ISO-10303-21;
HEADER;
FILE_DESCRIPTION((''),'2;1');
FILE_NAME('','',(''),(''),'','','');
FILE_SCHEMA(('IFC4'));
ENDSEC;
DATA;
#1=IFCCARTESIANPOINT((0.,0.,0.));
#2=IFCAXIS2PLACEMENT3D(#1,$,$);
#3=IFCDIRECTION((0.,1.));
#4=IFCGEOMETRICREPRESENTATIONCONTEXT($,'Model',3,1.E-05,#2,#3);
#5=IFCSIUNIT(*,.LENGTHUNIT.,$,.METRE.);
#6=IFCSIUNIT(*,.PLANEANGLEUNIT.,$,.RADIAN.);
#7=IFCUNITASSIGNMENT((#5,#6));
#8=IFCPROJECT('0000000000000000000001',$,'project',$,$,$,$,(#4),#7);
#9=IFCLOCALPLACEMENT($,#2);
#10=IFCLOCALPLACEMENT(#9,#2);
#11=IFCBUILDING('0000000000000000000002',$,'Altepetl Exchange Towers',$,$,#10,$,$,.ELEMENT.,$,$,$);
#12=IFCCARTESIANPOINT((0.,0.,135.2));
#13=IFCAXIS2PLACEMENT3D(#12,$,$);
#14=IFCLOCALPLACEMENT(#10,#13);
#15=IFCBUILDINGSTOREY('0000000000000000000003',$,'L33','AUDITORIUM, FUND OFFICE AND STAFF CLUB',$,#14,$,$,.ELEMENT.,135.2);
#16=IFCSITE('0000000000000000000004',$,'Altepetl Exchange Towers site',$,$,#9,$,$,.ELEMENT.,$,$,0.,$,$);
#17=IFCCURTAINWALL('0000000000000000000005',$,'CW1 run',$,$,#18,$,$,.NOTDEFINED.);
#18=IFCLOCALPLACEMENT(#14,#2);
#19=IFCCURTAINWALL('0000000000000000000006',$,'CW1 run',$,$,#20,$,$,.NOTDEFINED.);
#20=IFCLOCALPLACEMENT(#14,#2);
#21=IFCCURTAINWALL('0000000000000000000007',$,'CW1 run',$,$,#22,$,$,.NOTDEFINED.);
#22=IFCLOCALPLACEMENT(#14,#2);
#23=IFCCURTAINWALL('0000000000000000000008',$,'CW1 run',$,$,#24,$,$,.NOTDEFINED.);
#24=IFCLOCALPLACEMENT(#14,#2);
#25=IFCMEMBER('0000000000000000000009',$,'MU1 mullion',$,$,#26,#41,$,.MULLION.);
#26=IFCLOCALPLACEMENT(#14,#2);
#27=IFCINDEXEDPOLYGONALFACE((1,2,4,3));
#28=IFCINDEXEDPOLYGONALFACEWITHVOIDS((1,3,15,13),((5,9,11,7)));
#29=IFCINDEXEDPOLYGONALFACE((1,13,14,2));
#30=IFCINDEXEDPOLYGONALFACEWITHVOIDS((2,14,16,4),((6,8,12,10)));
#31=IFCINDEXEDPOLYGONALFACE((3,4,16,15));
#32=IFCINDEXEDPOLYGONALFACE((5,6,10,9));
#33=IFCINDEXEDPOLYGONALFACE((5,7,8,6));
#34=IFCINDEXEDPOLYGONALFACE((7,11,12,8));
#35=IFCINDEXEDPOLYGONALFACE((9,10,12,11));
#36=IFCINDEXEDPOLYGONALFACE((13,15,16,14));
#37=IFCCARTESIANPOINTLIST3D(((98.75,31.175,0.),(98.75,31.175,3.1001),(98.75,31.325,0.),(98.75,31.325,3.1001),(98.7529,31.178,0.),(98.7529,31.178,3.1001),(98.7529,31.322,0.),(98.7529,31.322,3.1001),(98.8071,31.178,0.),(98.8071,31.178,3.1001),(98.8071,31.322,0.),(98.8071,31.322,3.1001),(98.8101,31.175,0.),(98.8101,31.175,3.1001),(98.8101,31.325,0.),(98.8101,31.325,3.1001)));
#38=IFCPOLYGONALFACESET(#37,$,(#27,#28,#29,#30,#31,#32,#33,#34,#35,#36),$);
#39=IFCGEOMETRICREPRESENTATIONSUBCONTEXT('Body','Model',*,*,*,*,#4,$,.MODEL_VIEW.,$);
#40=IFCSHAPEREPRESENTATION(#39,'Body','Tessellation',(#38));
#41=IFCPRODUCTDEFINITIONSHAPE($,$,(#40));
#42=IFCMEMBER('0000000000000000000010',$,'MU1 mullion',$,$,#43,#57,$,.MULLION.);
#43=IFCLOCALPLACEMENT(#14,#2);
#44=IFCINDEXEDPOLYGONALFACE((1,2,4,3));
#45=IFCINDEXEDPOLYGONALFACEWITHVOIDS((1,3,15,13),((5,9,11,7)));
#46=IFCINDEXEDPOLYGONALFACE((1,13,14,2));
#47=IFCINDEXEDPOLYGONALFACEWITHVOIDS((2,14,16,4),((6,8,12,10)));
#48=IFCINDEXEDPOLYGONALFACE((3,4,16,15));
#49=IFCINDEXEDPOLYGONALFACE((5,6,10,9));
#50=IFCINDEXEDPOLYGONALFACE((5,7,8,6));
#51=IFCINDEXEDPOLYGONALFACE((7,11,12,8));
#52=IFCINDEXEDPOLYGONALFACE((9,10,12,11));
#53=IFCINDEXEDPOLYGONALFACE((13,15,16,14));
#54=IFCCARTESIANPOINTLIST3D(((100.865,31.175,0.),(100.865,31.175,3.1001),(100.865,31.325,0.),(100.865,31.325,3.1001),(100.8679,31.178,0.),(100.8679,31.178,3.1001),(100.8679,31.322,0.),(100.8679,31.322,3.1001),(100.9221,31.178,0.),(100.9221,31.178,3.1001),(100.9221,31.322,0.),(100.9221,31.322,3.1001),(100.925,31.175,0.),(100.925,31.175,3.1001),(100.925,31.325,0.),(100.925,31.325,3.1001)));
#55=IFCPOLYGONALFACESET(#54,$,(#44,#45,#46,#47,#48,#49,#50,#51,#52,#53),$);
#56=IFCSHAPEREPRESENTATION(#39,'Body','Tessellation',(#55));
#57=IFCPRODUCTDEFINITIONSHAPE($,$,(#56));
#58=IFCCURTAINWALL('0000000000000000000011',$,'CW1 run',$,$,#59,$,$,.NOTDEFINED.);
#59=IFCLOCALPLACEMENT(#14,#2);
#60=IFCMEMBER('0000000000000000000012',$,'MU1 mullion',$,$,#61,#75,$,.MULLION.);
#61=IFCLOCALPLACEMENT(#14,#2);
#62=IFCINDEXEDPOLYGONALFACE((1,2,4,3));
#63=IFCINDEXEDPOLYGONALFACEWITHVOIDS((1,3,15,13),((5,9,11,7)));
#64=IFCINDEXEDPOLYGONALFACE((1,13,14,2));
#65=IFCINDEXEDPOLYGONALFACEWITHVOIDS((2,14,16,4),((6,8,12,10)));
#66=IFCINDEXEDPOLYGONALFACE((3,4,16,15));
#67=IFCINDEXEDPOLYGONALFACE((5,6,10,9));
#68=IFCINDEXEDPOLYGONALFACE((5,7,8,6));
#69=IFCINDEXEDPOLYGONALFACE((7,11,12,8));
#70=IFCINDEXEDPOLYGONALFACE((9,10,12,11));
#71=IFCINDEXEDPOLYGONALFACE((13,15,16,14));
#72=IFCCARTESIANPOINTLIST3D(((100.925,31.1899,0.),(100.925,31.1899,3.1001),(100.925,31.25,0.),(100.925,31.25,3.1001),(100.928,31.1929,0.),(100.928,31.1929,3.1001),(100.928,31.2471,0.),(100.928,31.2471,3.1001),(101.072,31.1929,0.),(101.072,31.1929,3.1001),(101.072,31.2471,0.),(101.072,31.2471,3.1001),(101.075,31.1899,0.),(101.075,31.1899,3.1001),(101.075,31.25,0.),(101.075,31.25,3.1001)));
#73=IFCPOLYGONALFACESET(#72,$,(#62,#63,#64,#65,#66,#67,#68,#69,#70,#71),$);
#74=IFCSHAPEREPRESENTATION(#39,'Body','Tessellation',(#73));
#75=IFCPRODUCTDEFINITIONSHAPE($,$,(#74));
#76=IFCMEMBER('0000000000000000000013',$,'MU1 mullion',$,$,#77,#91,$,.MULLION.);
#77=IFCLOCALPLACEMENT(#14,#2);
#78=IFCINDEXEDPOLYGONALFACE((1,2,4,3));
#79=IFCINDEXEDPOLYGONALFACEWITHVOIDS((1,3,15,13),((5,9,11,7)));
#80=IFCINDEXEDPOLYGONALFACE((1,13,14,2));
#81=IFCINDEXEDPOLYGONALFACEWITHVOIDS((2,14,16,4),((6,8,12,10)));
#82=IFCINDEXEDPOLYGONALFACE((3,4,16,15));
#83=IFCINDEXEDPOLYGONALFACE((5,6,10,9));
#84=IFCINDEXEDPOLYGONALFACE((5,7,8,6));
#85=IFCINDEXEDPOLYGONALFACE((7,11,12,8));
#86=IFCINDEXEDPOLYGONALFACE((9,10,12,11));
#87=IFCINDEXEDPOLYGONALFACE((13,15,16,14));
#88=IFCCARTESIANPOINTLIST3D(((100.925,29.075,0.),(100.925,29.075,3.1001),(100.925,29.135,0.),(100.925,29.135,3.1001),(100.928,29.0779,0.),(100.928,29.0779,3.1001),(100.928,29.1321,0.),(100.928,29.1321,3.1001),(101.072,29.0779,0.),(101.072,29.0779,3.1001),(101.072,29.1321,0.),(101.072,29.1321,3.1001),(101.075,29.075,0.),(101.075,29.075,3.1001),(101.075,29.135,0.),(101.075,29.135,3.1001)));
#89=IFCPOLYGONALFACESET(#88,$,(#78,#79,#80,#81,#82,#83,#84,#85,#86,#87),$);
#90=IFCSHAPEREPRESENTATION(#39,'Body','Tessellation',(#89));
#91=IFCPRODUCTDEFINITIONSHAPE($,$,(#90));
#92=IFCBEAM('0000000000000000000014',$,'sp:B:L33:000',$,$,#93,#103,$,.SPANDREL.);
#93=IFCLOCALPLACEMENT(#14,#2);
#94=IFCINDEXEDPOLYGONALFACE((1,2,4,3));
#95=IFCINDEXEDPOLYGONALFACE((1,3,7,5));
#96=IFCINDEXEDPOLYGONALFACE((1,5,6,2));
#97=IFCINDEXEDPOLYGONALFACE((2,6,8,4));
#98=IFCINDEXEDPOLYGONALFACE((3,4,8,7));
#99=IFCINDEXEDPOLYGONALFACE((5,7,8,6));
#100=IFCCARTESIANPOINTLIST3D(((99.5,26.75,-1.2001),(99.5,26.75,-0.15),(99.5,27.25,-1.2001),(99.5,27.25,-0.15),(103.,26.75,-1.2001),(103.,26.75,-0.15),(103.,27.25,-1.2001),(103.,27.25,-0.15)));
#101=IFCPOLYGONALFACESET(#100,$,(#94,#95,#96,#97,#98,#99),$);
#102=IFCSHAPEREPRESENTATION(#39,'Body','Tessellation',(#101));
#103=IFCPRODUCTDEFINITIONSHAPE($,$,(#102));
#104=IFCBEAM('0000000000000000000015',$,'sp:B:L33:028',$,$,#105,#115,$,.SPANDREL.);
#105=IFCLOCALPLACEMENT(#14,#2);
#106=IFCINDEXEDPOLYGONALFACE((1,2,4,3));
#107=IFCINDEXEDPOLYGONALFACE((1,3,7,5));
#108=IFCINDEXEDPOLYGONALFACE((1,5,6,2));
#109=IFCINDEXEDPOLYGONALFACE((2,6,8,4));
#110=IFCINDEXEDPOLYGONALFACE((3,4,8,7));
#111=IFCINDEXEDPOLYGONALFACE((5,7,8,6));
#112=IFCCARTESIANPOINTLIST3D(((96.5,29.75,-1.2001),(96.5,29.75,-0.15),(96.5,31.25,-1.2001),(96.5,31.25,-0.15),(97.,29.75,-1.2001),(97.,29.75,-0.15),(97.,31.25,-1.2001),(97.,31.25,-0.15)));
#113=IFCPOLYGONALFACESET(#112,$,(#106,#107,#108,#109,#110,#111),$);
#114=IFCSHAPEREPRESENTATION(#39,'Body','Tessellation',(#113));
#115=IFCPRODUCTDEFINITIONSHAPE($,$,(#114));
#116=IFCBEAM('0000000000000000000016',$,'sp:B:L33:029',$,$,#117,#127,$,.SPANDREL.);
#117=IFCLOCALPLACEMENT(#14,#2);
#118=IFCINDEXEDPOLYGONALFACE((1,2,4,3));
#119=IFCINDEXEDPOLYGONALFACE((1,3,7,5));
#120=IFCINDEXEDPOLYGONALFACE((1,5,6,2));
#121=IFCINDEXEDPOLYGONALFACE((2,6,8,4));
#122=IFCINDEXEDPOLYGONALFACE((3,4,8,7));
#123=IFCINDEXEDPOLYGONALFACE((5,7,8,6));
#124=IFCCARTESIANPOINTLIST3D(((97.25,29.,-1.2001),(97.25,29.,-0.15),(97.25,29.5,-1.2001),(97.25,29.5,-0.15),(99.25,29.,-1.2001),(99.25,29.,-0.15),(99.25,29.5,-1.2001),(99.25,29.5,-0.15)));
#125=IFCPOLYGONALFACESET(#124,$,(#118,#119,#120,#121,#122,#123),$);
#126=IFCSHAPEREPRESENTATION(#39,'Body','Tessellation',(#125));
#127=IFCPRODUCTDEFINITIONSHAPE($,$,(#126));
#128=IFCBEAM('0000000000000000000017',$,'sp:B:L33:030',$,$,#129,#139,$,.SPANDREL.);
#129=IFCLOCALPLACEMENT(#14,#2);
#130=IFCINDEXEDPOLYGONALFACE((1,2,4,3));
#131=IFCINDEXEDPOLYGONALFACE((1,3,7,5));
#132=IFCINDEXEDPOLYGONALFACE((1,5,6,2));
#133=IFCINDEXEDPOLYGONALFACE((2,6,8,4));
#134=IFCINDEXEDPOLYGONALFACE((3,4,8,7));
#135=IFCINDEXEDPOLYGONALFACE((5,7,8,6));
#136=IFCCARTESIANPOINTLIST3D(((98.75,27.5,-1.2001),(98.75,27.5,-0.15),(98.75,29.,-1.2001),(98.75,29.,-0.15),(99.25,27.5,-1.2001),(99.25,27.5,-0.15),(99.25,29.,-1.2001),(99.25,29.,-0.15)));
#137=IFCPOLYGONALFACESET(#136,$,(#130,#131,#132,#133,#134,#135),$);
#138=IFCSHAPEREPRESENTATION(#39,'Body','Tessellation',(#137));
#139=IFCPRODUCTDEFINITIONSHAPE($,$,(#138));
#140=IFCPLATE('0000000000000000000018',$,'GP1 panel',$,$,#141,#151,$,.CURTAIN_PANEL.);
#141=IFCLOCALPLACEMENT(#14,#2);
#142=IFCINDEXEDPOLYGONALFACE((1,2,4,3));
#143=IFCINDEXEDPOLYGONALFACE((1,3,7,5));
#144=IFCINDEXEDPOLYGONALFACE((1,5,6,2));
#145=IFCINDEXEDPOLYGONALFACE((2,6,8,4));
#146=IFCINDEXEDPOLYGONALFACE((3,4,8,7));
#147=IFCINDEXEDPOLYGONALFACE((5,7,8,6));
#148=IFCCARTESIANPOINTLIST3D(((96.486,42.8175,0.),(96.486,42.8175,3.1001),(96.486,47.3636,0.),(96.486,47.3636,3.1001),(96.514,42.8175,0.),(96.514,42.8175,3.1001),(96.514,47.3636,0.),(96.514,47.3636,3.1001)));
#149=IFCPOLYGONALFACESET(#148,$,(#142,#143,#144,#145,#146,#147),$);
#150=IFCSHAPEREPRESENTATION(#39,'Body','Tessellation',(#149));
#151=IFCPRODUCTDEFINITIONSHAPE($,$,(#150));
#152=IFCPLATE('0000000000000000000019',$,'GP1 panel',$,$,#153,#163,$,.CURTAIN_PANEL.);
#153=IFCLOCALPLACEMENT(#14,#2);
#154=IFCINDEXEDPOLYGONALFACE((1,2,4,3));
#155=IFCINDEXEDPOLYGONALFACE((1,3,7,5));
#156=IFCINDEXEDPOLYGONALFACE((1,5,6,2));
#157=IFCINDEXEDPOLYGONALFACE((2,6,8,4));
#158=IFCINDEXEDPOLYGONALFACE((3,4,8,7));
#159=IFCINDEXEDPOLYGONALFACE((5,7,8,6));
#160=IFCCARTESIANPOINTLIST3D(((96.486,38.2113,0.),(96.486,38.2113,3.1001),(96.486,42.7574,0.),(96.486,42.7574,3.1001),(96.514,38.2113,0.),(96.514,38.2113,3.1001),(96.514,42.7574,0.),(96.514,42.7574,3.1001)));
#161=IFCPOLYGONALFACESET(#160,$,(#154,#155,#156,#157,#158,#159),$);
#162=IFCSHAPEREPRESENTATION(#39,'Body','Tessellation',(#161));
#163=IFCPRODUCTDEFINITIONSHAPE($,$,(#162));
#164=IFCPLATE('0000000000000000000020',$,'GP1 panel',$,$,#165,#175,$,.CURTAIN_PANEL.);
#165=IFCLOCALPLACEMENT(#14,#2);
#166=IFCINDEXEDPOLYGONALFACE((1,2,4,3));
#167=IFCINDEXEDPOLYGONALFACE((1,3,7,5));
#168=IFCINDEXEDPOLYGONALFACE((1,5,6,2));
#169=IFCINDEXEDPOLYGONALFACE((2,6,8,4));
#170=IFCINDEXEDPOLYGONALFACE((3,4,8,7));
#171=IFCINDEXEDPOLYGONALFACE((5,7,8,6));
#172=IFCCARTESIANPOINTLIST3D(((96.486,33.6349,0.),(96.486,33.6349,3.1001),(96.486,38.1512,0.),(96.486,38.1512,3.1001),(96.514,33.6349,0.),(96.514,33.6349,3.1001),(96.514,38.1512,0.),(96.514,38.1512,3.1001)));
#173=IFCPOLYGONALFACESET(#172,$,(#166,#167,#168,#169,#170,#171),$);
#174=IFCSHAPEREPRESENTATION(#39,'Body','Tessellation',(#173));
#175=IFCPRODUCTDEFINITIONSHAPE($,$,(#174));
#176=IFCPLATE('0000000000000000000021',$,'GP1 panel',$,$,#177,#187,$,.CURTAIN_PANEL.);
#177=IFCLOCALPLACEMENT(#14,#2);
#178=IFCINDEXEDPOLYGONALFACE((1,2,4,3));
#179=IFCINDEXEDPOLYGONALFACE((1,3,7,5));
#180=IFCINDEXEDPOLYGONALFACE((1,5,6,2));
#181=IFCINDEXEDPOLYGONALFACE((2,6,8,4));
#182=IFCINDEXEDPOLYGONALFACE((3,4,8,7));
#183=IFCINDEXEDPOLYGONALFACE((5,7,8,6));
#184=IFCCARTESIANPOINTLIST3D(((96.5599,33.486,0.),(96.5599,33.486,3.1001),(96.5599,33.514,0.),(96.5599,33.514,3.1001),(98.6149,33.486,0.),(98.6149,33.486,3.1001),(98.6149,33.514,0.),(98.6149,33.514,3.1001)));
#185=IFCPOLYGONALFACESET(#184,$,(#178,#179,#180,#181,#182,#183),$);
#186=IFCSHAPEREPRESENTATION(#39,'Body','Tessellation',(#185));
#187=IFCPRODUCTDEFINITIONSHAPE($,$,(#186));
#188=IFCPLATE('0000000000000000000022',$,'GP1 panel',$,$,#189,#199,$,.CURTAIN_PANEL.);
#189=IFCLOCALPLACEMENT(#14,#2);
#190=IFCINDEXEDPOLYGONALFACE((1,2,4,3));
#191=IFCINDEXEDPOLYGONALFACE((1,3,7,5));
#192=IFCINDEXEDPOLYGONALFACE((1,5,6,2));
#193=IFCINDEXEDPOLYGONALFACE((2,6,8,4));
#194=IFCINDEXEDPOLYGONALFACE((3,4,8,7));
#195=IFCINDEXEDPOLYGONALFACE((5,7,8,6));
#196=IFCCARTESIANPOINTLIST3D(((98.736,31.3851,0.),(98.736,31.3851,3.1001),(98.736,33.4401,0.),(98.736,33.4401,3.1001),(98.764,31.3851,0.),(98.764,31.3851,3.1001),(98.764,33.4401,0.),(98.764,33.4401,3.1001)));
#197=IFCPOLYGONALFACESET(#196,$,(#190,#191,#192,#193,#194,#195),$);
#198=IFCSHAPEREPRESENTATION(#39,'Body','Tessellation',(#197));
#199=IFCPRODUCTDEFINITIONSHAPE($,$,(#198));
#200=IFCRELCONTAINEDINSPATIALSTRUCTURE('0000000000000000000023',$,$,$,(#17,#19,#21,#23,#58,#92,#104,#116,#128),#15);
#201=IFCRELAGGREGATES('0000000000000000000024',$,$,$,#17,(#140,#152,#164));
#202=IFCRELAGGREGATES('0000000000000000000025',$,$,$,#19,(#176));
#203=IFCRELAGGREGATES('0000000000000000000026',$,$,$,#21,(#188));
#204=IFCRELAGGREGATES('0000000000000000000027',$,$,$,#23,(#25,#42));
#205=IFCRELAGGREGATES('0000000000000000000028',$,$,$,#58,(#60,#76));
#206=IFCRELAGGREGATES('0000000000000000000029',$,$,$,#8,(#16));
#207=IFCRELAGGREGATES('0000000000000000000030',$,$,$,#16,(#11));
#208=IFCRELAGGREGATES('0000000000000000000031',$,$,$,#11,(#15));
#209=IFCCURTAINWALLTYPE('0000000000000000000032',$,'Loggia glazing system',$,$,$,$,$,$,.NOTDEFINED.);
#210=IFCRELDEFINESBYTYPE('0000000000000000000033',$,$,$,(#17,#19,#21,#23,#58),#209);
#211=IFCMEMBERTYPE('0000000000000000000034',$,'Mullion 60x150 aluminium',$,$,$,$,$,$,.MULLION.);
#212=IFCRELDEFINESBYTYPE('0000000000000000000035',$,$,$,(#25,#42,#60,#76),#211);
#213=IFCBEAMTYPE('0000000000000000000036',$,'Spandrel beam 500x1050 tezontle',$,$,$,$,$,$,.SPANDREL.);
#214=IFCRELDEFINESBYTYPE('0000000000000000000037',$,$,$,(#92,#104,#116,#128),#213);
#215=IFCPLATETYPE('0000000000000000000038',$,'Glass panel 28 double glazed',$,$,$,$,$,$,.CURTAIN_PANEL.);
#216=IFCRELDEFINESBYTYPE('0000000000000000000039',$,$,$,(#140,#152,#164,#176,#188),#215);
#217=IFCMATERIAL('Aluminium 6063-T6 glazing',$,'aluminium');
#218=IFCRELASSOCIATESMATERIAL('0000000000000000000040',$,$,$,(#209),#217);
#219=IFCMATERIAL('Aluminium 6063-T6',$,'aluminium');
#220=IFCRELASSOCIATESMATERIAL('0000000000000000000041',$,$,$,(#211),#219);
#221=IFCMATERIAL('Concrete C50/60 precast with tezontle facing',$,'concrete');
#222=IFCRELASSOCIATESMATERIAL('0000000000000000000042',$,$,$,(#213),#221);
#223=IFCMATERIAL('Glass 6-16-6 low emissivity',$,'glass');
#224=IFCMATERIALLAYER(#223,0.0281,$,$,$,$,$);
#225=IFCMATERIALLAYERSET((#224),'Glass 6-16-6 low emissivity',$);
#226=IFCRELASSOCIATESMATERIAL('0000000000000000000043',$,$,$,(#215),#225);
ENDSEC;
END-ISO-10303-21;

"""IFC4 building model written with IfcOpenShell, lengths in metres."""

from ifc_helpers import new_model, si_unit, direction, frame, origin, origin_2d, place, context, subcontext, project, spatial, rectangle, hollow_rectangle, extrude, material, layer, layer_set, material_profile, profile_set, type_object, element, aggregate, save


model = new_model("IFC4")

# Units and contexts
model_context = context("Model", 3, precision=1e-05, world=origin(), true_north=direction((0.0, 1.0)))
body_context = subcontext(model_context, "Body", "Model", "MODEL_VIEW")
ifc_project = project(units=[si_unit("LENGTHUNIT", "METRE"), si_unit("PLANEANGLEUNIT", "RADIAN")], contexts=[model_context])

# Site, building, storey
site_placement = place(None, origin())
site = spatial("IfcSite", under=ifc_project, at=site_placement, Name="Altepetl Exchange Towers site", CompositionType="ELEMENT", RefElevation=0.0)
building_placement = place(site_placement, origin())
building = spatial("IfcBuilding", under=site, at=building_placement, Name="Altepetl Exchange Towers", CompositionType="ELEMENT")
storey_placement = place(building_placement, frame((0.0, 0.0, 135.2)))
storey = spatial("IfcBuildingStorey", under=building, at=storey_placement, Name="L33", Description="AUDITORIUM, FUND OFFICE AND STAFF CLUB", CompositionType="ELEMENT", Elevation=135.2)

# Curtain walls, members
ifc_material_1 = material(Name="Aluminium 6063-T6 glazing", Category="aluminium")
curtain_wall_type = type_object("IfcCurtainWallType", Name="Loggia glazing system", PredefinedType="NOTDEFINED", material=ifc_material_1)
curtain_wall_1_placement = place(storey_placement, origin())
curtain_wall_1 = element("IfcCurtainWall", 1, at=curtain_wall_1_placement, inside=storey, type_object=curtain_wall_type, Name="CW1 run", PredefinedType="NOTDEFINED")
ifc_material_2 = material(Name="Aluminium 6063-T6", Category="aluminium")
ifc_material_profile_1 = material_profile(ifc_material_2, hollow_rectangle(XDim=0.0601, YDim=0.1499, WallThickness=0.0029, at=origin_2d()), Name="Mullion 60x150 aluminium")
ifc_profile_set_1 = profile_set([ifc_material_profile_1], Name="Aluminium 6063-T6")
member_type = type_object("IfcMemberType", Name="Mullion 60x150 aluminium", PredefinedType="MULLION", material=ifc_profile_set_1)
curtain_wall_2_placement = place(storey_placement, origin())
curtain_wall_2 = element("IfcCurtainWall", 2, at=curtain_wall_2_placement, inside=storey, type_object=curtain_wall_type, Name="CW1 run", PredefinedType="NOTDEFINED")
curtain_wall_3_placement = place(storey_placement, origin())
curtain_wall_3 = element("IfcCurtainWall", 3, at=curtain_wall_3_placement, inside=storey, type_object=curtain_wall_type, Name="CW1 run", PredefinedType="NOTDEFINED")
curtain_wall_4_placement = place(storey_placement, origin())
curtain_wall_4 = element("IfcCurtainWall", 4, at=curtain_wall_4_placement, inside=storey, type_object=curtain_wall_type, Name="CW1 run", PredefinedType="NOTDEFINED")
member_1_placement = place(storey_placement, frame((98.78, 31.25, 0.0)))
member_1 = element("IfcMember", 5, at=member_1_placement, type_object=member_type, Name="MU1 mullion", PredefinedType="MULLION", context=body_context, shape_type="SweptSolid", body=[
    extrude(hollow_rectangle(XDim=0.0601, YDim=0.1499, WallThickness=0.0029, at=origin_2d()), origin(), (0.0, 0.0, 1.0), 3.1001),
])
member_2_placement = place(storey_placement, frame((100.895, 31.25, 0.0)))
member_2 = element("IfcMember", 6, at=member_2_placement, type_object=member_type, Name="MU1 mullion", PredefinedType="MULLION", context=body_context, shape_type="SweptSolid", body=[
    extrude(hollow_rectangle(XDim=0.0601, YDim=0.1499, WallThickness=0.0029, at=origin_2d()), origin(), (0.0, 0.0, 1.0), 3.1001),
])
curtain_wall_5_placement = place(storey_placement, origin())
curtain_wall_5 = element("IfcCurtainWall", 7, at=curtain_wall_5_placement, inside=storey, type_object=curtain_wall_type, Name="CW1 run", PredefinedType="NOTDEFINED")
member_3_placement = place(storey_placement, frame((101.0, 31.22, 0.0), z_axis=(0.0, 0.0, 1.0), x_axis=(0.0, -1.0, 0.0)))
member_3 = element("IfcMember", 8, at=member_3_placement, type_object=member_type, Name="MU1 mullion", PredefinedType="MULLION", context=body_context, shape_type="SweptSolid", body=[
    extrude(hollow_rectangle(XDim=0.0601, YDim=0.1499, WallThickness=0.0029, at=origin_2d()), origin(), (0.0, 0.0, 1.0), 3.1001),
])
member_4_placement = place(storey_placement, frame((101.0, 29.105, 0.0), z_axis=(0.0, 0.0, 1.0), x_axis=(0.0, -1.0, 0.0)))
member_4 = element("IfcMember", 9, at=member_4_placement, type_object=member_type, Name="MU1 mullion", PredefinedType="MULLION", context=body_context, shape_type="SweptSolid", body=[
    extrude(hollow_rectangle(XDim=0.0601, YDim=0.1499, WallThickness=0.0029, at=origin_2d()), origin(), (0.0, 0.0, 1.0), 3.1001),
])

# Beams
ifc_material_3 = material(Name="Concrete C50/60 precast with tezontle facing", Category="concrete")
ifc_material_profile_2 = material_profile(ifc_material_3, rectangle(XDim=0.5, YDim=1.05, at=origin_2d()), Name="500 x 1050")
ifc_profile_set_2 = profile_set([ifc_material_profile_2], Name="Concrete C50/60 precast with tezontle facing")
beam_type_1 = type_object("IfcBeamType", Name="Spandrel beam 500x1050 tezontle", PredefinedType="SPANDREL", material=ifc_profile_set_2)
beam_1_placement = place(storey_placement, frame((99.5, 27.0, -0.675), z_axis=(1.0, 0.0, 0.0), x_axis=(0.0, 1.0, 0.0)))
element("IfcBeam", 10, at=beam_1_placement, inside=storey, type_object=beam_type_1, Name="sp:B:L33:000", PredefinedType="SPANDREL", context=body_context, shape_type="SweptSolid", body=[
    extrude(rectangle(XDim=0.5, YDim=1.05, at=origin_2d()), origin(), (0.0, 0.0, 1.0), 3.5),
])
beam_2_placement = place(storey_placement, frame((96.75, 31.25, -0.675), z_axis=(0.0, -1.0, 0.0), x_axis=(1.0, 0.0, 0.0)))
element("IfcBeam", 11, at=beam_2_placement, inside=storey, type_object=beam_type_1, Name="sp:B:L33:028", PredefinedType="SPANDREL", context=body_context, shape_type="SweptSolid", body=[
    extrude(rectangle(XDim=0.5, YDim=1.05, at=origin_2d()), origin(), (0.0, 0.0, 1.0), 1.5),
])
beam_3_placement = place(storey_placement, frame((97.25, 29.25, -0.675), z_axis=(1.0, 0.0, 0.0), x_axis=(0.0, 1.0, 0.0)))
element("IfcBeam", 12, at=beam_3_placement, inside=storey, type_object=beam_type_1, Name="sp:B:L33:029", PredefinedType="SPANDREL", context=body_context, shape_type="SweptSolid", body=[
    extrude(rectangle(XDim=0.5, YDim=1.05, at=origin_2d()), origin(), (0.0, 0.0, 1.0), 2.0),
])
beam_4_placement = place(storey_placement, frame((99.0, 29.0, -0.675), z_axis=(0.0, -1.0, 0.0), x_axis=(1.0, 0.0, 0.0)))
element("IfcBeam", 13, at=beam_4_placement, inside=storey, type_object=beam_type_1, Name="sp:B:L33:030", PredefinedType="SPANDREL", context=body_context, shape_type="SweptSolid", body=[
    extrude(rectangle(XDim=0.5, YDim=1.05, at=origin_2d()), origin(), (0.0, 0.0, 1.0), 1.5),
])

# Plates
ifc_material_4 = material(Name="Glass 6-16-6 low emissivity", Category="glass")
ifc_layer_1 = layer(ifc_material_4, 0.0281)
ifc_layer_set_1 = layer_set([ifc_layer_1], Name="Glass 6-16-6 low emissivity")
plate_type = type_object("IfcPlateType", Name="Glass panel 28 double glazed", PredefinedType="CURTAIN_PANEL", material=ifc_layer_set_1)
plate_1_placement = place(storey_placement, frame((96.5, 45.0906, 0.0), z_axis=(0.0, 0.0, 1.0), x_axis=(0.0, -1.0, 0.0)))
plate_1 = element("IfcPlate", 14, at=plate_1_placement, type_object=plate_type, Name="GP1 panel", PredefinedType="CURTAIN_PANEL", context=body_context, shape_type="SweptSolid", body=[
    extrude(rectangle(XDim=4.5461, YDim=0.0281, at=origin_2d()), origin(), (0.0, 0.0, 1.0), 3.1001),
])
plate_2_placement = place(storey_placement, frame((96.5, 40.4844, 0.0), z_axis=(0.0, 0.0, 1.0), x_axis=(0.0, -1.0, 0.0)))
plate_2 = element("IfcPlate", 15, at=plate_2_placement, type_object=plate_type, Name="GP1 panel", PredefinedType="CURTAIN_PANEL", context=body_context, shape_type="SweptSolid", body=[
    extrude(rectangle(XDim=4.5461, YDim=0.0281, at=origin_2d()), origin(), (0.0, 0.0, 1.0), 3.1001),
])
plate_3_placement = place(storey_placement, frame((96.5, 35.8931, 0.0), z_axis=(0.0, 0.0, 1.0), x_axis=(0.0, -1.0, 0.0)))
plate_3 = element("IfcPlate", 16, at=plate_3_placement, type_object=plate_type, Name="GP1 panel", PredefinedType="CURTAIN_PANEL", context=body_context, shape_type="SweptSolid", body=[
    extrude(rectangle(XDim=4.5164, YDim=0.0281, at=origin_2d()), origin(), (0.0, 0.0, 1.0), 3.1001),
])
aggregate(curtain_wall_1, [plate_1, plate_2, plate_3])
plate_4_placement = place(storey_placement, frame((97.5874, 33.5, 0.0)))
plate_4 = element("IfcPlate", 17, at=plate_4_placement, type_object=plate_type, Name="GP1 panel", PredefinedType="CURTAIN_PANEL", context=body_context, shape_type="SweptSolid", body=[
    extrude(rectangle(XDim=2.0549, YDim=0.0281, at=origin_2d()), origin(), (0.0, 0.0, 1.0), 3.1001),
])
aggregate(curtain_wall_2, [plate_4])
plate_5_placement = place(storey_placement, frame((98.75, 32.4126, 0.0), z_axis=(0.0, 0.0, 1.0), x_axis=(0.0, -1.0, 0.0)))
plate_5 = element("IfcPlate", 18, at=plate_5_placement, type_object=plate_type, Name="GP1 panel", PredefinedType="CURTAIN_PANEL", context=body_context, shape_type="SweptSolid", body=[
    extrude(rectangle(XDim=2.0549, YDim=0.0281, at=origin_2d()), origin(), (0.0, 0.0, 1.0), 3.1001),
])
aggregate(curtain_wall_3, [plate_5])
aggregate(curtain_wall_4, [member_1, member_2])
aggregate(curtain_wall_5, [member_3, member_4])

save(model, "model.ifc")
